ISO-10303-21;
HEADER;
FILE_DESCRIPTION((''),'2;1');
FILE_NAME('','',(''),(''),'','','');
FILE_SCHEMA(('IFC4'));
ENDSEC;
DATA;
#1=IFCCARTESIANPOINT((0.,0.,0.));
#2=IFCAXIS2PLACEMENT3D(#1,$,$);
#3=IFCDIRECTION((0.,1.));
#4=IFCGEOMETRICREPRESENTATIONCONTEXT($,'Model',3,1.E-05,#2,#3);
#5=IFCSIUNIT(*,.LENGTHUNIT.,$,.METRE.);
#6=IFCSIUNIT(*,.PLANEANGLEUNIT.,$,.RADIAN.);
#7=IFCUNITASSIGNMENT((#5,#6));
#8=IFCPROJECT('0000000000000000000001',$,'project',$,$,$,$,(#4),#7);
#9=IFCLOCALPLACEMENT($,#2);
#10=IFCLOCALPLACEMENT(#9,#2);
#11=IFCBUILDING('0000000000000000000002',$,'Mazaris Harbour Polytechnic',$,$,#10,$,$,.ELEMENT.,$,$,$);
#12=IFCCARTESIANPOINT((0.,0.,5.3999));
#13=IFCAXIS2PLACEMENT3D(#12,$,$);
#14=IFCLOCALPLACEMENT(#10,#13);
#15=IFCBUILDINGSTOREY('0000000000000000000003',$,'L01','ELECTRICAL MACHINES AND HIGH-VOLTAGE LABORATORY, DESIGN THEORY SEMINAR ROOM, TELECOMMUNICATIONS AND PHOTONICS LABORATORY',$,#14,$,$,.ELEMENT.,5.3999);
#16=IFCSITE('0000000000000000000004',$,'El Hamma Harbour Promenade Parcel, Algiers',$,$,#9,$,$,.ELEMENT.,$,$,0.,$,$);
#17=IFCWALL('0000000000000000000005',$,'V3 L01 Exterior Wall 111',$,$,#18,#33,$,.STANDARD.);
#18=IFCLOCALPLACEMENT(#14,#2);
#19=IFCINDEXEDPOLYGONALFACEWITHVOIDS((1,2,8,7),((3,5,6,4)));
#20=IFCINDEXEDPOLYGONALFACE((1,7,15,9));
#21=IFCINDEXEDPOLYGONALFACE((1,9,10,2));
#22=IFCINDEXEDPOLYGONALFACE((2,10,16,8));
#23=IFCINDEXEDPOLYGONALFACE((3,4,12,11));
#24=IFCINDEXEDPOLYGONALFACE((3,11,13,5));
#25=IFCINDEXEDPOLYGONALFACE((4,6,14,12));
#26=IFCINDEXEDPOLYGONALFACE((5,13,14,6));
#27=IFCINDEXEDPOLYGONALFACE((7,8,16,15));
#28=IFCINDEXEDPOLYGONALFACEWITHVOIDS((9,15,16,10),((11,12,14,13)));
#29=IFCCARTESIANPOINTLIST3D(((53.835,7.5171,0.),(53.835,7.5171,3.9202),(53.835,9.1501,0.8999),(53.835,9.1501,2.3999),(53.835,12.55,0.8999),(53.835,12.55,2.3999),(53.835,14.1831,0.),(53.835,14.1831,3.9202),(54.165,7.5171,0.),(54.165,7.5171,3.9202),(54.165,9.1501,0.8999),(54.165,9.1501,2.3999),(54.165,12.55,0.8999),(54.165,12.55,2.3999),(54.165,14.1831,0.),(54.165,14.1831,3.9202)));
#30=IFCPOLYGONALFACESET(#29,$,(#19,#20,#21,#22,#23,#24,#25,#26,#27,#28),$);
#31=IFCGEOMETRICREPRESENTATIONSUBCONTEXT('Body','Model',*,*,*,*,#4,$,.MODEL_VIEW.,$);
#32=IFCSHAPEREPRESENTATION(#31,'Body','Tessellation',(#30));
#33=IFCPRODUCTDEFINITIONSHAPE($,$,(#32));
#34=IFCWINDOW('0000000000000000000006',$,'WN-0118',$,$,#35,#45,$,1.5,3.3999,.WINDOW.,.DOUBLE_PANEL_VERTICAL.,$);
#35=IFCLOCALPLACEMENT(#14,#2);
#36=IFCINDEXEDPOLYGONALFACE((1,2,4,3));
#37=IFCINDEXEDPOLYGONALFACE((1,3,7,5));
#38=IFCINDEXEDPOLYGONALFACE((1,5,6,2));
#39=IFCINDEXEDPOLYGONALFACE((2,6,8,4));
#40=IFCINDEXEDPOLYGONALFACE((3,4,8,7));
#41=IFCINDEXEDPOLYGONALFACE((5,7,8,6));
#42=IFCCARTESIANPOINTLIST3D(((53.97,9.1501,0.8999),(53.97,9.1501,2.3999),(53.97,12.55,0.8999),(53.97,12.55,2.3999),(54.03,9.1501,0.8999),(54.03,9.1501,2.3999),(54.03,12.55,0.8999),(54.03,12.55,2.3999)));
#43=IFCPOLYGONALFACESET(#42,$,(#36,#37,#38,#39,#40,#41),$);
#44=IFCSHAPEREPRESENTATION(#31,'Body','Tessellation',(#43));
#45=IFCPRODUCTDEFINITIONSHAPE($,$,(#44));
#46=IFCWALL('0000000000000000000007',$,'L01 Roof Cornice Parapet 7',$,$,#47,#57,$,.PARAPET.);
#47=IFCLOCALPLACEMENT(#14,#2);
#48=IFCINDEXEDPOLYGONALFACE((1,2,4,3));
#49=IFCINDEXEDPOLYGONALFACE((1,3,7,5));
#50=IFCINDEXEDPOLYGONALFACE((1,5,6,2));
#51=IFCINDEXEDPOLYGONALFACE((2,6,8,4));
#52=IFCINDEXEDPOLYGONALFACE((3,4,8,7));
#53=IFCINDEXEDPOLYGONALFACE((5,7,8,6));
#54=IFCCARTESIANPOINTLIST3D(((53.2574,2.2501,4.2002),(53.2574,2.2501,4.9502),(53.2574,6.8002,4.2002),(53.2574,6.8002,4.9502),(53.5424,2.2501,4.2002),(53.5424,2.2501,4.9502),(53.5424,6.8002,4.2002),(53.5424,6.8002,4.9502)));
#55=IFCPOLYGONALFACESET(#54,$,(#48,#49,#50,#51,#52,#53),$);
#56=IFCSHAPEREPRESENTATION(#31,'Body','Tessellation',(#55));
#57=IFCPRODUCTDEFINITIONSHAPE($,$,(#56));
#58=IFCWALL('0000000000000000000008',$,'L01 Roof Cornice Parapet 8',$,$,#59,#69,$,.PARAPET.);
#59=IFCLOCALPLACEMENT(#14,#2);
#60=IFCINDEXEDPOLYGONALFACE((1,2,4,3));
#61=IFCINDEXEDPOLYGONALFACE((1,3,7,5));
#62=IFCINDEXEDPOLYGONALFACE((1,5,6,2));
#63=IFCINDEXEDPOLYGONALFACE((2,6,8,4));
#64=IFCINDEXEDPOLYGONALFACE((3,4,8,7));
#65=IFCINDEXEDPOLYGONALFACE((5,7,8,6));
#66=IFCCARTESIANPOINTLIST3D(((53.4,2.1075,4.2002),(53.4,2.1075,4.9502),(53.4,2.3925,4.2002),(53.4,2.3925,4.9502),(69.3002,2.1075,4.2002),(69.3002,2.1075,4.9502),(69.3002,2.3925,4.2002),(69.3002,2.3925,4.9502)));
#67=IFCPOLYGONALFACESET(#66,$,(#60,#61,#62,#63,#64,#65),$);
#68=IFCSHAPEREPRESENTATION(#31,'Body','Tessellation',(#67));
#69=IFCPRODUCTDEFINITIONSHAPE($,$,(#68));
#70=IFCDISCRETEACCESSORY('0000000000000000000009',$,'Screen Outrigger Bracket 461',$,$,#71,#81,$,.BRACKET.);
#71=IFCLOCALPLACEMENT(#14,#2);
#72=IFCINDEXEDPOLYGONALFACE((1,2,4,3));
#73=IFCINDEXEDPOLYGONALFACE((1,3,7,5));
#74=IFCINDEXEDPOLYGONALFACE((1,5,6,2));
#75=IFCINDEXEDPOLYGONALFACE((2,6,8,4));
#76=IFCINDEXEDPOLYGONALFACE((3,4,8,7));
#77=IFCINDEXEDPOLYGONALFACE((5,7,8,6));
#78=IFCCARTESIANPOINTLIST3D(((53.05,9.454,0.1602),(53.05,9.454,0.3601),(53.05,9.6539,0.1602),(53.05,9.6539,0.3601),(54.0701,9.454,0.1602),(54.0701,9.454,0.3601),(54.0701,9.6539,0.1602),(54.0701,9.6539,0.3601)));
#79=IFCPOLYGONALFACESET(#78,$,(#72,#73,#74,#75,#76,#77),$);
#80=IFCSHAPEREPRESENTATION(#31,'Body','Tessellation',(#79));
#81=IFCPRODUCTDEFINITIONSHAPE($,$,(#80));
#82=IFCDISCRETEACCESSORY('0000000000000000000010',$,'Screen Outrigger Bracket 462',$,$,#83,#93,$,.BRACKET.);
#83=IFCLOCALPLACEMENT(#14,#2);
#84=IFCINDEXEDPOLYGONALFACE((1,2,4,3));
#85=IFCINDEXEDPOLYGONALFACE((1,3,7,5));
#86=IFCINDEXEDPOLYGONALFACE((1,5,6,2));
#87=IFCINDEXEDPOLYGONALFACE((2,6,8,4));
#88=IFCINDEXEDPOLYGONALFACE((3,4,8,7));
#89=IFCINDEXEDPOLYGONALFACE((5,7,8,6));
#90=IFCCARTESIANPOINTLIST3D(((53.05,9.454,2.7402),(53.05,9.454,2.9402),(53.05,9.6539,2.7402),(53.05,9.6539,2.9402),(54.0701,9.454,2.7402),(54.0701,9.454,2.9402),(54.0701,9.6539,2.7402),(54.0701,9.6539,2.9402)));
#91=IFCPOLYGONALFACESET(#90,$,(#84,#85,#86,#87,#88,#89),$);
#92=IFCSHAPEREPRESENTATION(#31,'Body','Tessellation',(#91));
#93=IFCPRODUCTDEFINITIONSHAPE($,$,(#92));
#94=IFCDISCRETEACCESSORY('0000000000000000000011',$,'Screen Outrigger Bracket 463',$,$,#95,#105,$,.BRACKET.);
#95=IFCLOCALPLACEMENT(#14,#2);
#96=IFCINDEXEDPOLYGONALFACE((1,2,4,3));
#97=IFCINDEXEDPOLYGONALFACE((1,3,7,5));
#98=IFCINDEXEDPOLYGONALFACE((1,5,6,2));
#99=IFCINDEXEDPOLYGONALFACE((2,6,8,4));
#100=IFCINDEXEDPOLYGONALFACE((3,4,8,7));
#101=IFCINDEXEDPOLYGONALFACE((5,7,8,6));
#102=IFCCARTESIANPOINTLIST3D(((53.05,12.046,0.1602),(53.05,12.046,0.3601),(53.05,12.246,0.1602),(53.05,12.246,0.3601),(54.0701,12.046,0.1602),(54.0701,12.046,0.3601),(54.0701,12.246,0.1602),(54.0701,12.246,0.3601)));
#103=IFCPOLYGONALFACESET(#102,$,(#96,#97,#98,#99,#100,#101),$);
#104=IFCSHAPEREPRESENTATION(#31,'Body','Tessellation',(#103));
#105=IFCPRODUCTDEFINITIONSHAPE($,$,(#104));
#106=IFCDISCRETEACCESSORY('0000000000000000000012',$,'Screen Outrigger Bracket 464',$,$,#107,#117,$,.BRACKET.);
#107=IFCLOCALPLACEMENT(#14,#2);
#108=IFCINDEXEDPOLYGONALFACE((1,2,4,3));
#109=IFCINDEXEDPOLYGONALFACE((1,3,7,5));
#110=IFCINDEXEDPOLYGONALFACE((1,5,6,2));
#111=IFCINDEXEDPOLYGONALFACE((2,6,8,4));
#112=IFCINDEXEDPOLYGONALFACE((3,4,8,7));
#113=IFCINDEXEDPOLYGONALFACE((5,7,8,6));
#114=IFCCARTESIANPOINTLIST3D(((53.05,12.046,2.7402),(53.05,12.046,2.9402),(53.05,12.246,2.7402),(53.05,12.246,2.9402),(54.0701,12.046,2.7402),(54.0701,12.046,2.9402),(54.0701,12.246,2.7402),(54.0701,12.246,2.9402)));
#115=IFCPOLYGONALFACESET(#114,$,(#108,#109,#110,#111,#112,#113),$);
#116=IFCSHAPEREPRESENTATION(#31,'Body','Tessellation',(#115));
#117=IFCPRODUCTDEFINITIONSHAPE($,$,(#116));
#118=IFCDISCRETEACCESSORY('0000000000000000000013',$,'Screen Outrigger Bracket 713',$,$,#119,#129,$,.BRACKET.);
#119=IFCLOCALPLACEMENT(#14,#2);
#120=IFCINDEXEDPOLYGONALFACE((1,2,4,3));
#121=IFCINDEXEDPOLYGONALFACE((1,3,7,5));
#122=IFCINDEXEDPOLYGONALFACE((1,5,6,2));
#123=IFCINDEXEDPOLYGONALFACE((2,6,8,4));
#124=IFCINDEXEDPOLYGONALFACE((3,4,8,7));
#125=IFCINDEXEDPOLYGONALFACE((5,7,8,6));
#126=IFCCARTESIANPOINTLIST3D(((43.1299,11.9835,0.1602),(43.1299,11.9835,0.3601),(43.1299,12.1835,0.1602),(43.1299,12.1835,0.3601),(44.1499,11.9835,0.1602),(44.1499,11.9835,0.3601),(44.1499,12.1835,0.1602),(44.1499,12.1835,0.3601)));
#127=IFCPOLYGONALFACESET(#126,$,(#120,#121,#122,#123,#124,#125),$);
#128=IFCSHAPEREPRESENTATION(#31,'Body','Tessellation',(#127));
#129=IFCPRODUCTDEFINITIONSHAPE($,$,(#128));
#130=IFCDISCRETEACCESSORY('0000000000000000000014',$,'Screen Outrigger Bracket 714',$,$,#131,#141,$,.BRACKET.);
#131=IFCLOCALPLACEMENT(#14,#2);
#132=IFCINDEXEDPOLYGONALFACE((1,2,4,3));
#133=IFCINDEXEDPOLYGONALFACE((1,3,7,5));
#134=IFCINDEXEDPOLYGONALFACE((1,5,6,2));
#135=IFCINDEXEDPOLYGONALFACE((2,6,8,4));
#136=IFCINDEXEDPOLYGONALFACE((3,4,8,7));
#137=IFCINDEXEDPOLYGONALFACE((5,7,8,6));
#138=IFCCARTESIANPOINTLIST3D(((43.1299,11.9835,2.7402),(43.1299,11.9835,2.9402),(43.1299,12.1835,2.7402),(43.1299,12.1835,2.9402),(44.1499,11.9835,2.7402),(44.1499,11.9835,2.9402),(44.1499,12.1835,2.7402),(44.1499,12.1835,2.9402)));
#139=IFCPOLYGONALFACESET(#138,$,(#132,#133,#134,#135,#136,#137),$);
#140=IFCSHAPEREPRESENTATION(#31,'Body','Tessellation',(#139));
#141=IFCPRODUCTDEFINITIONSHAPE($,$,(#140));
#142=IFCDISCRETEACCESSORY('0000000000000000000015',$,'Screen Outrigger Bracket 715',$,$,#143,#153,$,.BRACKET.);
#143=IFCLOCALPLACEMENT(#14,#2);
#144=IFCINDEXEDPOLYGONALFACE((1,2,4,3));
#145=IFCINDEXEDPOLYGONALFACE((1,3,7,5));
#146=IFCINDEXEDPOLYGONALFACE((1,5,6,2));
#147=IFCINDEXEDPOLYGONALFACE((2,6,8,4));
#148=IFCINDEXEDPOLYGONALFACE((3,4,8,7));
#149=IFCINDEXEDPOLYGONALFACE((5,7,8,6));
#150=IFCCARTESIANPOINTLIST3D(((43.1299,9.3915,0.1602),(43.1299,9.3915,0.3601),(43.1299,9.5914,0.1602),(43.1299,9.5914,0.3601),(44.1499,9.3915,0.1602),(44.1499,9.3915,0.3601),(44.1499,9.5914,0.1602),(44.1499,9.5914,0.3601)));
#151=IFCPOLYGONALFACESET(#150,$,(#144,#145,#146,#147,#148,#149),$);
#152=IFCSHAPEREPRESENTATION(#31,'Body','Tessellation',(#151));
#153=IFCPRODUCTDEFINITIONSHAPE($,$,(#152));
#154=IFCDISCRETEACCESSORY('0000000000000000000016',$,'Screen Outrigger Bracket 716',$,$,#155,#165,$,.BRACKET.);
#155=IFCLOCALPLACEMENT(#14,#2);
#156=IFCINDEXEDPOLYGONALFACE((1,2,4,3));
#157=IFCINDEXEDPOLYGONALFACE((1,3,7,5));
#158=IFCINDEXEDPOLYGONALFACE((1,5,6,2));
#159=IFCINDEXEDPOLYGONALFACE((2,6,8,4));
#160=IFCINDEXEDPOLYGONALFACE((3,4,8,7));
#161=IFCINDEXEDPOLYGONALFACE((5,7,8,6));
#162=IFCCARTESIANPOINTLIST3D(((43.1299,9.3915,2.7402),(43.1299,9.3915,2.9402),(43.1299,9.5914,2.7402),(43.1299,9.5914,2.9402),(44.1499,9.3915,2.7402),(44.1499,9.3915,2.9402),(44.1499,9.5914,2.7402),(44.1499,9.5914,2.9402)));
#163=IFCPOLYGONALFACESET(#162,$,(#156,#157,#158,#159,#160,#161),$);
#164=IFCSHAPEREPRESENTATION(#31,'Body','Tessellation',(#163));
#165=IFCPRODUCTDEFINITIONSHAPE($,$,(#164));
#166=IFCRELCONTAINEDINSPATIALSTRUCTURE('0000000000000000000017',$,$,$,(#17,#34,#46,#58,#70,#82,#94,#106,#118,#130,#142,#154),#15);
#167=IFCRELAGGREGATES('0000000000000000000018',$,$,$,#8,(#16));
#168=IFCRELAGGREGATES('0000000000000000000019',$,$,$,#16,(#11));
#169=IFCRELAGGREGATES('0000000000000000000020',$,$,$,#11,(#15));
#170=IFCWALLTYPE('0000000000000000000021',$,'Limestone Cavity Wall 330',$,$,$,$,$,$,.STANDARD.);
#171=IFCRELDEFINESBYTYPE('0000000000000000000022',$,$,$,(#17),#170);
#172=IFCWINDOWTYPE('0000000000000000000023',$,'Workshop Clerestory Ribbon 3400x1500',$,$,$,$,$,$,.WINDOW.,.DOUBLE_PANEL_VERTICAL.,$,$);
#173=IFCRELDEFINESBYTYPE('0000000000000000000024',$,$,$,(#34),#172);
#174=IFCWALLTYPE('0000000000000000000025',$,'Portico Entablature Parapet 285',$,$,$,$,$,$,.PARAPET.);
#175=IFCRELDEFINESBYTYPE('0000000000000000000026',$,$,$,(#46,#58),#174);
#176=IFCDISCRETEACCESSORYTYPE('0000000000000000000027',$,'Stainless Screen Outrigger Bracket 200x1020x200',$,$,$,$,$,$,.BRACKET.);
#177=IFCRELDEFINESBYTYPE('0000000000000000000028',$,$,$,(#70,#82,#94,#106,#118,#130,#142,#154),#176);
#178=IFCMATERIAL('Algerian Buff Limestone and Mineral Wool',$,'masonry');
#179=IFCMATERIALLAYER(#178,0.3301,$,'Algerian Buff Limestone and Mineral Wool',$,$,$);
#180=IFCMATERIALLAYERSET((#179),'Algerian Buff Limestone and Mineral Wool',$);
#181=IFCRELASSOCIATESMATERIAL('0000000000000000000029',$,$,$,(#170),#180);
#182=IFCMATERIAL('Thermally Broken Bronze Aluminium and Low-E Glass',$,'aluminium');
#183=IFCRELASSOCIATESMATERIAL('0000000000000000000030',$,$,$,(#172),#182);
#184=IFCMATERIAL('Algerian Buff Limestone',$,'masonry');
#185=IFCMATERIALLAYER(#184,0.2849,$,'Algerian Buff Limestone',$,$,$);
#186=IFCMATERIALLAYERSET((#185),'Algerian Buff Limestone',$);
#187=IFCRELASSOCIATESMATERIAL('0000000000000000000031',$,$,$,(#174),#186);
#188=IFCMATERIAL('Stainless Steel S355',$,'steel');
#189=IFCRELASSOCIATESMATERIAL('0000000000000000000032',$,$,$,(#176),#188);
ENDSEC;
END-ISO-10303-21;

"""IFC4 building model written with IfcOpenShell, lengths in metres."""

from ifc_helpers import new_model, si_unit, direction, frame, frame_2d, origin, origin_2d, place, context, subcontext, project, spatial, rectangle, extrude, material, layer, layer_set, type_object, element, fill, save


model = new_model("IFC4")

# Units and contexts
model_context = context("Model", 3, precision=1e-05, world=origin(), true_north=direction((0.0, 1.0)))
body_context = subcontext(model_context, "Body", "Model", "MODEL_VIEW")
ifc_project = project(units=[si_unit("LENGTHUNIT", "METRE"), si_unit("PLANEANGLEUNIT", "RADIAN")], contexts=[model_context])

# Site, building, storey
site_placement = place(None, origin())
site = spatial("IfcSite", under=ifc_project, at=site_placement, Name="El Hamma Harbour Promenade Parcel, Algiers", CompositionType="ELEMENT", RefElevation=0.0)
building_placement = place(site_placement, origin())
building = spatial("IfcBuilding", under=site, at=building_placement, Name="Mazaris Harbour Polytechnic", CompositionType="ELEMENT")
storey_placement = place(building_placement, frame((0.0, 0.0, 5.3999)))
storey = spatial("IfcBuildingStorey", under=building, at=storey_placement, Name="L01", Description="ELECTRICAL MACHINES AND HIGH-VOLTAGE LABORATORY, DESIGN THEORY SEMINAR ROOM, TELECOMMUNICATIONS AND PHOTONICS LABORATORY", CompositionType="ELEMENT", Elevation=5.3999)

# Wall, opening, window
ifc_material_1 = material(Name="Algerian Buff Limestone and Mineral Wool", Category="masonry")
ifc_layer_1 = layer(ifc_material_1, 0.3301, Name="Algerian Buff Limestone and Mineral Wool")
ifc_layer_set_1 = layer_set([ifc_layer_1], Name="Algerian Buff Limestone and Mineral Wool")
wall_type_1 = type_object("IfcWallType", Name="Limestone Cavity Wall 330", PredefinedType="STANDARD", material=ifc_layer_set_1)
wall_1_placement = place(storey_placement, frame((54.0, 7.5171, 0.0), z_axis=(0.0, 0.0, 1.0), x_axis=(0.0, 1.0, 0.0)))
wall_1 = element("IfcWall", 1, at=wall_1_placement, inside=storey, type_object=wall_type_1, Name="V3 L01 Exterior Wall 111", PredefinedType="STANDARD", context=body_context, shape_type="SweptSolid", body=[
    extrude(rectangle(XDim=6.666, YDim=0.3301, at=frame_2d((3.333, 0.0))), origin(), (0.0, 0.0, 1.0), 3.9202),
])
opening_placement = place(wall_1_placement, frame((1.6331, 0.0, 0.8999)))
opening = element("IfcOpeningElement", 2, at=opening_placement, cuts=wall_1, PredefinedType="OPENING", context=body_context, shape_type="SweptSolid", body=[
    extrude(rectangle(XDim=3.3999, YDim=1.5, at=frame_2d((1.7, 0.75))), frame((0.0, 0.175, 0.0), z_axis=(0.0, -1.0, 0.0), x_axis=(1.0, 0.0, 0.0)), (0.0, 0.0, 1.0), 0.3501),
])
ifc_material_2 = material(Name="Thermally Broken Bronze Aluminium and Low-E Glass", Category="aluminium")
window_type = type_object("IfcWindowType", Name="Workshop Clerestory Ribbon 3400x1500", PartitioningType="DOUBLE_PANEL_VERTICAL", PredefinedType="WINDOW", material=ifc_material_2)
window_placement = place(opening_placement, origin())
window = element("IfcWindow", 3, at=window_placement, inside=storey, type_object=window_type, Name="WN-0118", OverallHeight=1.5, OverallWidth=3.3999, PartitioningType="DOUBLE_PANEL_VERTICAL", PredefinedType="WINDOW", context=body_context, shape_type="SweptSolid", body=[
    extrude(rectangle(XDim=3.3999, YDim=1.5, at=frame_2d((1.7, 0.75))), frame((0.0, 0.03, 0.0), z_axis=(0.0, -1.0, 0.0), x_axis=(1.0, 0.0, 0.0)), (0.0, 0.0, 1.0), 0.0601),
])
fill(opening, window)

# Walls
ifc_material_3 = material(Name="Algerian Buff Limestone", Category="masonry")
ifc_layer_2 = layer(ifc_material_3, 0.2849, Name="Algerian Buff Limestone")
ifc_layer_set_2 = layer_set([ifc_layer_2], Name="Algerian Buff Limestone")
wall_type_2 = type_object("IfcWallType", Name="Portico Entablature Parapet 285", PredefinedType="PARAPET", material=ifc_layer_set_2)
wall_2_placement = place(storey_placement, frame((53.3999, 6.8, 4.2002), z_axis=(0.0, 0.0, 1.0), x_axis=(0.0, -1.0, 0.0)))
element("IfcWall", 4, at=wall_2_placement, inside=storey, type_object=wall_type_2, Name="L01 Roof Cornice Parapet 7", PredefinedType="PARAPET", context=body_context, shape_type="SweptSolid", body=[
    extrude(rectangle(XDim=4.55, YDim=0.2849, at=frame_2d((2.2749, 0.0))), origin(), (0.0, 0.0, 1.0), 0.75),
])
wall_3_placement = place(storey_placement, frame((53.3999, 2.25, 4.2002), z_axis=(0.0, 0.0, 1.0), x_axis=(1.0, 0.0, 0.0)))
element("IfcWall", 5, at=wall_3_placement, inside=storey, type_object=wall_type_2, Name="L01 Roof Cornice Parapet 8", PredefinedType="PARAPET", context=body_context, shape_type="SweptSolid", body=[
    extrude(rectangle(XDim=15.9001, YDim=0.2849, at=frame_2d((7.9502, 0.0))), origin(), (0.0, 0.0, 1.0), 0.75),
])

# Discrete accessories
ifc_material_4 = material(Name="Stainless Steel S355", Category="steel")
discrete_accessory_type = type_object("IfcDiscreteAccessoryType", Name="Stainless Screen Outrigger Bracket 200x1020x200", PredefinedType="BRACKET", material=ifc_material_4)
for number, where, z_axis, x_axis, name in (
    (6, (53.5601, 9.554, 0.1602), (0.0, 0.0, 1.0), (0.0, 1.0, 0.0), "Screen Outrigger Bracket 461"),
    (7, (53.5601, 9.554, 2.7402), (0.0, 0.0, 1.0), (0.0, 1.0, 0.0), "Screen Outrigger Bracket 462"),
    (8, (53.5601, 12.146, 0.1602), (0.0, 0.0, 1.0), (0.0, 1.0, 0.0), "Screen Outrigger Bracket 463"),
    (9, (53.5601, 12.146, 2.7402), (0.0, 0.0, 1.0), (0.0, 1.0, 0.0), "Screen Outrigger Bracket 464"),
    (10, (43.6399, 12.0835, 0.1602), (0.0, 0.0, 1.0), (0.0, -1.0, 0.0), "Screen Outrigger Bracket 713"),
    (11, (43.6399, 12.0835, 2.7402), (0.0, 0.0, 1.0), (0.0, -1.0, 0.0), "Screen Outrigger Bracket 714"),
    (12, (43.6399, 9.4915, 0.1602), (0.0, 0.0, 1.0), (0.0, -1.0, 0.0), "Screen Outrigger Bracket 715"),
    (13, (43.6399, 9.4915, 2.7402), (0.0, 0.0, 1.0), (0.0, -1.0, 0.0), "Screen Outrigger Bracket 716"),
):
    element("IfcDiscreteAccessory", number, at=place(storey_placement, frame(where, z_axis=z_axis, x_axis=x_axis)), inside=storey, type_object=discrete_accessory_type, Name=name, PredefinedType="BRACKET", context=body_context, shape_type="SweptSolid", body=[
        extrude(rectangle(XDim=0.2, YDim=1.02, at=origin_2d()), origin(), (0.0, 0.0, 1.0), 0.2),
    ])

save(model, "model.ifc")
